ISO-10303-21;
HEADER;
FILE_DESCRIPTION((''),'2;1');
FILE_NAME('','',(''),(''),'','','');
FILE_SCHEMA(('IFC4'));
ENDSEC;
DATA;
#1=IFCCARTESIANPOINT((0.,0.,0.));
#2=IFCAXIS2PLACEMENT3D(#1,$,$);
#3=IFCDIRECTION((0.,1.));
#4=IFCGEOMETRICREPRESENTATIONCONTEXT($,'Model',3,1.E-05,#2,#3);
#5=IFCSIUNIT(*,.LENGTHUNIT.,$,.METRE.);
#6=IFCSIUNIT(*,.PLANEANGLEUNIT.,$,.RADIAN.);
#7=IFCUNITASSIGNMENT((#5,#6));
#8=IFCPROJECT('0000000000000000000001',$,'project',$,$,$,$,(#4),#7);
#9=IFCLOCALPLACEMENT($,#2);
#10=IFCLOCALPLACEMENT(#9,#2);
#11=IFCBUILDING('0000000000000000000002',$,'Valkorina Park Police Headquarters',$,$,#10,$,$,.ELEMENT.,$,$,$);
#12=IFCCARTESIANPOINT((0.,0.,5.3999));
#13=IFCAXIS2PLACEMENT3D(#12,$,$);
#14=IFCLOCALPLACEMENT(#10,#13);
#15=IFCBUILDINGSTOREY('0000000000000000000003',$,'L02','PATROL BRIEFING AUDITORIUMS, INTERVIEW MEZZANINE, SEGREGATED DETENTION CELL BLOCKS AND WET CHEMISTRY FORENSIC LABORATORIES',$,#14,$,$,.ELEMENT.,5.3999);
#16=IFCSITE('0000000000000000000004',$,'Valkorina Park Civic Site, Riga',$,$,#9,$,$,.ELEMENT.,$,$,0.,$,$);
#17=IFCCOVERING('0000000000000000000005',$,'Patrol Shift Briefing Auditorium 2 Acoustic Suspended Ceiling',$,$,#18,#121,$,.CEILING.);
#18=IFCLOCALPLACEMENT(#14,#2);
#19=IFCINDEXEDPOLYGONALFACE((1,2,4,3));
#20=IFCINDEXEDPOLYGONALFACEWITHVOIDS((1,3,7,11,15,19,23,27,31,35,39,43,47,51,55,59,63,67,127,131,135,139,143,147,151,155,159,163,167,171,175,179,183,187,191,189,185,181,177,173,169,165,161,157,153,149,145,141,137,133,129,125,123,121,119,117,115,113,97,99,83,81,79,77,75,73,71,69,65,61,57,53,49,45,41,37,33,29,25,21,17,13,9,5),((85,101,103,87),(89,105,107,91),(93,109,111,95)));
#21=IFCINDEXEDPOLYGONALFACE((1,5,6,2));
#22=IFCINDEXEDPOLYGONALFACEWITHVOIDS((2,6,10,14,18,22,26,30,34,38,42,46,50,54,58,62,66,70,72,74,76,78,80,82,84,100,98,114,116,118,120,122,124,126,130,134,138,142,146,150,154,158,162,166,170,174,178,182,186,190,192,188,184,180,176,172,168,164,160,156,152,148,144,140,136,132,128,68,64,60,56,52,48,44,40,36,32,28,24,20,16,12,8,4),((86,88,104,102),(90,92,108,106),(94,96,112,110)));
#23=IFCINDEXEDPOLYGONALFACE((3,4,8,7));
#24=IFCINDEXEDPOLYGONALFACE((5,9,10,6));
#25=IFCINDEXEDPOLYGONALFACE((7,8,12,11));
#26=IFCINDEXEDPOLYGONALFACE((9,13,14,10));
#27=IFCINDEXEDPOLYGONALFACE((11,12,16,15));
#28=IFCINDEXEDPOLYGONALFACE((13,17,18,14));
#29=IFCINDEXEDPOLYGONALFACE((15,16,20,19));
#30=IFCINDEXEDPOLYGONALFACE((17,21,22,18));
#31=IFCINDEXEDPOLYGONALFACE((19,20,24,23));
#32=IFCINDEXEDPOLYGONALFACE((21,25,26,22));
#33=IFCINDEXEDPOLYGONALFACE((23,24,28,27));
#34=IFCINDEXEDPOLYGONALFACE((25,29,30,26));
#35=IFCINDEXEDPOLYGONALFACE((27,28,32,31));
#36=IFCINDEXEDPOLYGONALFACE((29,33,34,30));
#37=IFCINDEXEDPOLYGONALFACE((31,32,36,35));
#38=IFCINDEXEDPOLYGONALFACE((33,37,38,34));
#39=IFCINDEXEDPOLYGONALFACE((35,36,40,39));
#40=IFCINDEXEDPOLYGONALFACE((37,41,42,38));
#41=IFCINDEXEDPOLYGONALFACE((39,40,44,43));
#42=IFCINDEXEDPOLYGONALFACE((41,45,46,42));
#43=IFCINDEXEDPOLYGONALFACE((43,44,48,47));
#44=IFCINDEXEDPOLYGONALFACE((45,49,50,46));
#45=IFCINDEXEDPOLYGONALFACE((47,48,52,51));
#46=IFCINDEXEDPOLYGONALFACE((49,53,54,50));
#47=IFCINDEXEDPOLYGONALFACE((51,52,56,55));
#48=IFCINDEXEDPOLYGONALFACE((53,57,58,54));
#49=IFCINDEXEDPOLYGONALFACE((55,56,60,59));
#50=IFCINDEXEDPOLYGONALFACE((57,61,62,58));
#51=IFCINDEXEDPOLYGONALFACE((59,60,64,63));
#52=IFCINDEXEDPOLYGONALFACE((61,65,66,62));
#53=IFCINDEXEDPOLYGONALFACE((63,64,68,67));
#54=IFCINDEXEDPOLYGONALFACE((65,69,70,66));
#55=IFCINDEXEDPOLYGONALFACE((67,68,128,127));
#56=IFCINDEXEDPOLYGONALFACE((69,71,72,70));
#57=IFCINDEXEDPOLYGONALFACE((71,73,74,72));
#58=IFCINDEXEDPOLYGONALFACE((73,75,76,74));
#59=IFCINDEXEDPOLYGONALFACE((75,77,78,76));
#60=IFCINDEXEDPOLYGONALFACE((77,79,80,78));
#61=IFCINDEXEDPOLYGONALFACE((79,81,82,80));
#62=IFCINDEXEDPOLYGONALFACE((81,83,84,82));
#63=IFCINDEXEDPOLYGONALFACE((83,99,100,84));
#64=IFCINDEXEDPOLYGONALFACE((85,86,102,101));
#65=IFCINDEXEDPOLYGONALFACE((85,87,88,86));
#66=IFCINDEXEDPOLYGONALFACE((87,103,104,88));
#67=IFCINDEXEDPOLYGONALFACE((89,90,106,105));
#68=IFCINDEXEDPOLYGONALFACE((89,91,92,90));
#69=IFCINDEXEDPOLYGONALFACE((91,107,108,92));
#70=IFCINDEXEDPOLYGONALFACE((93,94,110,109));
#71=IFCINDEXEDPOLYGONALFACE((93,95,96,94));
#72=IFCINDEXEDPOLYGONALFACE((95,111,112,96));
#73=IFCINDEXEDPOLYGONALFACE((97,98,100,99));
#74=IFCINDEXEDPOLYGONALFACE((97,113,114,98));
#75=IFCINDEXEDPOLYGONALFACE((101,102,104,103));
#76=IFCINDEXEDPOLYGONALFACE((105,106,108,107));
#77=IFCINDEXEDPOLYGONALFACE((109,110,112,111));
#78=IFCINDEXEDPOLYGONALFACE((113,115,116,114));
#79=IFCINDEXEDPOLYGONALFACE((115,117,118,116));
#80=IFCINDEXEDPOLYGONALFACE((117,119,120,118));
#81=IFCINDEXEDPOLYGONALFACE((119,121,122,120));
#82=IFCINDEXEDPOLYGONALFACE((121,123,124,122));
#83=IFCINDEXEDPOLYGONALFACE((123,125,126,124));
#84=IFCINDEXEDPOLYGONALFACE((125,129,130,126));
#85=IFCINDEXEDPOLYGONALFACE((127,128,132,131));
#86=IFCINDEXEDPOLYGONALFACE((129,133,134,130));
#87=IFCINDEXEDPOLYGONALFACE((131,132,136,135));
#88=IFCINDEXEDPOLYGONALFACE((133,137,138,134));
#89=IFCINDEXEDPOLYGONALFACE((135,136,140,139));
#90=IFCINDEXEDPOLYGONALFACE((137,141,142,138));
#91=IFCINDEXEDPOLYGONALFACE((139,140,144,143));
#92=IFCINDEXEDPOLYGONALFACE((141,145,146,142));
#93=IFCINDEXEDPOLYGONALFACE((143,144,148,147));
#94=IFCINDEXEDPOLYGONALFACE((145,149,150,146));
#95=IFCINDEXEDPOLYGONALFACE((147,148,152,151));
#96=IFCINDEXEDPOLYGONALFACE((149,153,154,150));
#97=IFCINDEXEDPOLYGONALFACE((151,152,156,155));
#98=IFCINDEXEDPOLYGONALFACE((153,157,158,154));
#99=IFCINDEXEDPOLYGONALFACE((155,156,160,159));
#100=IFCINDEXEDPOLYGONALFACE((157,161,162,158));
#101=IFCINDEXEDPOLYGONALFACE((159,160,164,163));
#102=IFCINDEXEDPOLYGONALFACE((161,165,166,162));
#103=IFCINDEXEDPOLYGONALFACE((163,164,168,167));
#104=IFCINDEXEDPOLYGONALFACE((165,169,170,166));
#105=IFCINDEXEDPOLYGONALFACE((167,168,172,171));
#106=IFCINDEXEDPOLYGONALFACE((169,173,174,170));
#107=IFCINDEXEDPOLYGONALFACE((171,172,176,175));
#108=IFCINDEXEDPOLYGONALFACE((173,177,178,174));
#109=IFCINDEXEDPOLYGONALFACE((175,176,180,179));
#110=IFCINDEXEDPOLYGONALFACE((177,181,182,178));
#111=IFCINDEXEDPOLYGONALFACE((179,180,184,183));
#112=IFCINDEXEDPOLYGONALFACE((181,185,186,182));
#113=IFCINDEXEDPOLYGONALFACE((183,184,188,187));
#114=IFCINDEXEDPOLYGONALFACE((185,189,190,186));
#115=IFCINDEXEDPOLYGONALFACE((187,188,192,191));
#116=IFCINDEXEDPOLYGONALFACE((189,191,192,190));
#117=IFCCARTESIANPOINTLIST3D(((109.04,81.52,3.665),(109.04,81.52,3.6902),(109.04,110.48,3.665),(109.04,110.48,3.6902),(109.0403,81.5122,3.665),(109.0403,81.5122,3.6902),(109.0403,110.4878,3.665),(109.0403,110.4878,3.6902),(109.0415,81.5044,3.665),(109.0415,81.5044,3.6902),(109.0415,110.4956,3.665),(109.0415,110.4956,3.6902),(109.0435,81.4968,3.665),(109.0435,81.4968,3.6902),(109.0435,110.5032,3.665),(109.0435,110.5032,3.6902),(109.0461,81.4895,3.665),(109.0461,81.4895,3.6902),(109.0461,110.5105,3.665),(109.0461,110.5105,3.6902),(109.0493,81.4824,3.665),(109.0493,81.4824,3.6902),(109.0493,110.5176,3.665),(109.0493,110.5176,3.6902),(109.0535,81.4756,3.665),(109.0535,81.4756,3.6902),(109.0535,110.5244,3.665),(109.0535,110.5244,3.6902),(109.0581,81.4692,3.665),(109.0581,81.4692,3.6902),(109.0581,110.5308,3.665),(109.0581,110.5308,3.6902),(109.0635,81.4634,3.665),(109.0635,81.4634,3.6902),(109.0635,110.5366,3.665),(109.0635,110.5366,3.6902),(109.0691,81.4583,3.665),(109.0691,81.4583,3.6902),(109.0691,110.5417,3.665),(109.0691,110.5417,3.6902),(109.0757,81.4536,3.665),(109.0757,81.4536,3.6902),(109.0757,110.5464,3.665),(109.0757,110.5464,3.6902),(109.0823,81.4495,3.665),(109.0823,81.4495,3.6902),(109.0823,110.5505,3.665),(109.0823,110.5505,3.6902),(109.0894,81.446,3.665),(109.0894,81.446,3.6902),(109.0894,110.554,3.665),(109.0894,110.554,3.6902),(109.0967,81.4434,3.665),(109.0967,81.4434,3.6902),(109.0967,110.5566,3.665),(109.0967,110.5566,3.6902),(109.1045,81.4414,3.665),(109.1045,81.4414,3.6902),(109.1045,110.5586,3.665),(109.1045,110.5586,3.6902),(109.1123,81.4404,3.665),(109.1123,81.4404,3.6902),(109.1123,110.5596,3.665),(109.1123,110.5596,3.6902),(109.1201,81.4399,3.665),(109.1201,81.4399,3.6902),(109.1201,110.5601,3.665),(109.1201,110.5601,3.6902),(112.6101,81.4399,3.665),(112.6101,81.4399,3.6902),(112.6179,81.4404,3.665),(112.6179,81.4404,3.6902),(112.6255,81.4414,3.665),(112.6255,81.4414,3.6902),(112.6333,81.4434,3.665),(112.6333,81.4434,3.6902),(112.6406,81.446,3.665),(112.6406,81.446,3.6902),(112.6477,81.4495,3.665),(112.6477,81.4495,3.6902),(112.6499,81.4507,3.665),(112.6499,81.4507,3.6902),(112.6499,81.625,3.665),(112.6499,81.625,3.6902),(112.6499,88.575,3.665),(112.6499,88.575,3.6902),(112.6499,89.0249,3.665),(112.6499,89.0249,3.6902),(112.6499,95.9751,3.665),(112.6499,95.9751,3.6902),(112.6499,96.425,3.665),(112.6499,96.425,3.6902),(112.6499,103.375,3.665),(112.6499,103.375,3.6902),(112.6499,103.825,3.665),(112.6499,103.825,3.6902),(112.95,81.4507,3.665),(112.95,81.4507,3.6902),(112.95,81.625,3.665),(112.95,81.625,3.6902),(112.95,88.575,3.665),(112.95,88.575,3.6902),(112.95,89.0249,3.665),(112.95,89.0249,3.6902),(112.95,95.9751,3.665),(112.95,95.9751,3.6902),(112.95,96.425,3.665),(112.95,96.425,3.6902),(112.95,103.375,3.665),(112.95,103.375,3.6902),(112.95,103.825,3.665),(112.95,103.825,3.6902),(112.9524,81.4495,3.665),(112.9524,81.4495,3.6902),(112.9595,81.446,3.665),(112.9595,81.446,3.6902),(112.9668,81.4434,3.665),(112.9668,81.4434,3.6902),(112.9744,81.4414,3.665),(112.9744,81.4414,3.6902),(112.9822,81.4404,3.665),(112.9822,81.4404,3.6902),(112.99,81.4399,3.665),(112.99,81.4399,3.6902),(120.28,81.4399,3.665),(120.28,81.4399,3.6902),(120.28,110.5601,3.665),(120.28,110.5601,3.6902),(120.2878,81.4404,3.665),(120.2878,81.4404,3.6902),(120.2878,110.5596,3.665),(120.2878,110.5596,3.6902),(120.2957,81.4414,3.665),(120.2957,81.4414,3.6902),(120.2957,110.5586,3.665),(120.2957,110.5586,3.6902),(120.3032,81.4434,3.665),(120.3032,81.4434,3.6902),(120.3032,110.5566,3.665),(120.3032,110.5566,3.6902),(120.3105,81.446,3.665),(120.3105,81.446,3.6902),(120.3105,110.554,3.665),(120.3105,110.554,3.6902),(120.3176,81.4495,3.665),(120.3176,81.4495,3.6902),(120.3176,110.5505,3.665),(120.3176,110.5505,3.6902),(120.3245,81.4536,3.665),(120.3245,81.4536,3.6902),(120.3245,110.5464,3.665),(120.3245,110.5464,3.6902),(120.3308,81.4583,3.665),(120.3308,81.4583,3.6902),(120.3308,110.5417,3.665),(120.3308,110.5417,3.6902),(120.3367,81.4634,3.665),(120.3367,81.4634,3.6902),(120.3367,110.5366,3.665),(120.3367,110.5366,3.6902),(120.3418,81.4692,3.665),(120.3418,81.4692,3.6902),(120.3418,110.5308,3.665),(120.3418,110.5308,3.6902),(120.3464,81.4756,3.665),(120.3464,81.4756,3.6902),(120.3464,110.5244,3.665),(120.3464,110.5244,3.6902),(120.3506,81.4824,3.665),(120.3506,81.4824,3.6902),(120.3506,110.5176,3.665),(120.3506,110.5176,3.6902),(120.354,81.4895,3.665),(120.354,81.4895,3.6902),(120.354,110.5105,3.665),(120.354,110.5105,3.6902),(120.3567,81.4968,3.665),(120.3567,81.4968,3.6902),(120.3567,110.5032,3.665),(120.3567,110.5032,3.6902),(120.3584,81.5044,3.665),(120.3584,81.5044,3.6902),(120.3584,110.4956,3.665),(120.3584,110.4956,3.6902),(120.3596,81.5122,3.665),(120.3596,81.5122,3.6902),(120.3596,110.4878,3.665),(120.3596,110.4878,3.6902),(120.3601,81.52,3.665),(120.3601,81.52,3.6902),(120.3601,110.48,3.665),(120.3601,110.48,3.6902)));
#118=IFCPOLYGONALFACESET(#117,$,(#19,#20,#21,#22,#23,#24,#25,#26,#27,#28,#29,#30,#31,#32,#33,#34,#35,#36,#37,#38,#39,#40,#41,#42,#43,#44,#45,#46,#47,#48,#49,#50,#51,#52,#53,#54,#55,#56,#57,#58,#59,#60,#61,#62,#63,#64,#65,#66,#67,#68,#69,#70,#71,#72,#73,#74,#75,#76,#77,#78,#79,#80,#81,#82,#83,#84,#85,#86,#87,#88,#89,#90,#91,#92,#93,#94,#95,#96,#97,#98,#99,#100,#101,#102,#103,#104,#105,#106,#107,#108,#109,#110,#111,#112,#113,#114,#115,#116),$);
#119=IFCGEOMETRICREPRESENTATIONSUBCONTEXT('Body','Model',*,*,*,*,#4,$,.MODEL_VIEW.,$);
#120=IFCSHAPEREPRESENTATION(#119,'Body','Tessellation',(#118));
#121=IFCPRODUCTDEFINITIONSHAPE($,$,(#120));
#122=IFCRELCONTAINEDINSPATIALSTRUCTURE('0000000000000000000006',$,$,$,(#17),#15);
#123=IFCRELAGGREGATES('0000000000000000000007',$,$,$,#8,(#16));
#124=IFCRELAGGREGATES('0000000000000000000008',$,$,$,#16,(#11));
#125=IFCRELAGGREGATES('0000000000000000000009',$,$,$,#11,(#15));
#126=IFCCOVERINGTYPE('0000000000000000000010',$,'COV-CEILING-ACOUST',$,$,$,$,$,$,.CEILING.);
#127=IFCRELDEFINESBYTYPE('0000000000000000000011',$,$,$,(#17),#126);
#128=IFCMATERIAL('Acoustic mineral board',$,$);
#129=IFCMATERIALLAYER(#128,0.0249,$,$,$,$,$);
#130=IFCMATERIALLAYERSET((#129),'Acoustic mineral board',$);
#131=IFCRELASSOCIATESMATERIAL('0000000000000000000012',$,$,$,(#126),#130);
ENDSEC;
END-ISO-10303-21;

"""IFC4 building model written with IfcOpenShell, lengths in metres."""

from ifc_helpers import new_model, si_unit, direction, frame, origin, place, context, subcontext, project, spatial, polyline, outline, extrude, material, layer, layer_set, type_object, element, save


model = new_model("IFC4")

# Units and contexts
model_context = context("Model", 3, precision=1e-05, world=origin(), true_north=direction((0.0, 1.0)))
body_context = subcontext(model_context, "Body", "Model", "MODEL_VIEW")
ifc_project = project(units=[si_unit("LENGTHUNIT", "METRE"), si_unit("PLANEANGLEUNIT", "RADIAN")], contexts=[model_context])

# Site, building, storey
site_placement = place(None, origin())
site = spatial("IfcSite", under=ifc_project, at=site_placement, Name="Valkorina Park Civic Site, Riga", CompositionType="ELEMENT", RefElevation=0.0)
building_placement = place(site_placement, origin())
building = spatial("IfcBuilding", under=site, at=building_placement, Name="Valkorina Park Police Headquarters", CompositionType="ELEMENT")
storey_placement = place(building_placement, frame((0.0, 0.0, 5.3999)))
storey = spatial("IfcBuildingStorey", under=building, at=storey_placement, Name="L02", Description="PATROL BRIEFING AUDITORIUMS, INTERVIEW MEZZANINE, SEGREGATED DETENTION CELL BLOCKS AND WET CHEMISTRY FORENSIC LABORATORIES", CompositionType="ELEMENT", Elevation=5.3999)

# Covering
ifc_material_1 = material(Name="Acoustic mineral board")
ifc_layer_1 = layer(ifc_material_1, 0.0249)
ifc_layer_set_1 = layer_set([ifc_layer_1], Name="Acoustic mineral board")
covering_type_1 = type_object("IfcCoveringType", Name="COV-CEILING-ACOUST", PredefinedType="CEILING", material=ifc_layer_set_1)
covering_1_placement = place(storey_placement, frame((0.0, 0.0, 3.665)))
element("IfcCovering", 1, at=covering_1_placement, inside=storey, type_object=covering_type_1, Name="Patrol Shift Briefing Auditorium 2 Acoustic Suspended Ceiling", PredefinedType="CEILING", context=body_context, shape_type="SweptSolid", body=[
    extrude(outline(polyline([(120.3584, 81.5044), (120.3596, 81.5122), (120.3601, 81.52), (120.3601, 110.48), (120.3596, 110.4878), (120.3584, 110.4956), (120.3567, 110.5032), (120.354, 110.5105), (120.3506, 110.5176), (120.3464, 110.5244), (120.3418, 110.5308), (120.3367, 110.5366), (120.3308, 110.5417), (120.3245, 110.5464), (120.3176, 110.5505), (120.3105, 110.554), (120.3032, 110.5566), (120.2957, 110.5586), (120.2878, 110.5596), (120.28, 110.5601), (109.1201, 110.5601), (109.1123, 110.5596), (109.1045, 110.5586), (109.0967, 110.5566), (109.0894, 110.554), (109.0823, 110.5505), (109.0757, 110.5464), (109.0691, 110.5417), (109.0635, 110.5366), (109.0581, 110.5308), (109.0535, 110.5244), (109.0493, 110.5176), (109.0461, 110.5105), (109.0435, 110.5032), (109.0415, 110.4956), (109.0403, 110.4878), (109.04, 110.48), (109.04, 81.52), (109.0403, 81.5122), (109.0415, 81.5044), (109.0435, 81.4968), (109.0461, 81.4895), (109.0493, 81.4824), (109.0535, 81.4756), (109.0581, 81.4692), (109.0635, 81.4634), (109.0691, 81.4583), (109.0757, 81.4536), (109.0823, 81.4495), (109.0894, 81.446), (109.0967, 81.4434), (109.1045, 81.4414), (109.1123, 81.4404), (109.1201, 81.4399), (112.6101, 81.4399), (112.6179, 81.4404), (112.6255, 81.4414), (112.6333, 81.4434), (112.6406, 81.446), (112.6477, 81.4495), (112.6499, 81.4507), (112.6499, 81.625), (112.95, 81.625), (112.95, 81.4507), (112.9524, 81.4495), (112.9595, 81.446), (112.9668, 81.4434), (112.9744, 81.4414), (112.9822, 81.4404), (112.99, 81.4399), (120.28, 81.4399), (120.2878, 81.4404), (120.2957, 81.4414), (120.3032, 81.4434), (120.3105, 81.446), (120.3176, 81.4495), (120.3245, 81.4536), (120.3308, 81.4583), (120.3367, 81.4634), (120.3418, 81.4692), (120.3464, 81.4756), (120.3506, 81.4824), (120.354, 81.4895), (120.3567, 81.4968), (120.3584, 81.5044)]), holes=[polyline([(112.95, 103.825), (112.95, 103.375), (112.6499, 103.375), (112.6499, 103.825), (112.95, 103.825)]), polyline([(112.95, 88.575), (112.6499, 88.575), (112.6499, 89.0249), (112.95, 89.0249), (112.95, 88.575)]), polyline([(112.95, 95.9751), (112.6499, 95.9751), (112.6499, 96.425), (112.95, 96.425), (112.95, 95.9751)])]), origin(), (0.0, 0.0, 1.0), 0.0251),
])

save(model, "model.ifc")
